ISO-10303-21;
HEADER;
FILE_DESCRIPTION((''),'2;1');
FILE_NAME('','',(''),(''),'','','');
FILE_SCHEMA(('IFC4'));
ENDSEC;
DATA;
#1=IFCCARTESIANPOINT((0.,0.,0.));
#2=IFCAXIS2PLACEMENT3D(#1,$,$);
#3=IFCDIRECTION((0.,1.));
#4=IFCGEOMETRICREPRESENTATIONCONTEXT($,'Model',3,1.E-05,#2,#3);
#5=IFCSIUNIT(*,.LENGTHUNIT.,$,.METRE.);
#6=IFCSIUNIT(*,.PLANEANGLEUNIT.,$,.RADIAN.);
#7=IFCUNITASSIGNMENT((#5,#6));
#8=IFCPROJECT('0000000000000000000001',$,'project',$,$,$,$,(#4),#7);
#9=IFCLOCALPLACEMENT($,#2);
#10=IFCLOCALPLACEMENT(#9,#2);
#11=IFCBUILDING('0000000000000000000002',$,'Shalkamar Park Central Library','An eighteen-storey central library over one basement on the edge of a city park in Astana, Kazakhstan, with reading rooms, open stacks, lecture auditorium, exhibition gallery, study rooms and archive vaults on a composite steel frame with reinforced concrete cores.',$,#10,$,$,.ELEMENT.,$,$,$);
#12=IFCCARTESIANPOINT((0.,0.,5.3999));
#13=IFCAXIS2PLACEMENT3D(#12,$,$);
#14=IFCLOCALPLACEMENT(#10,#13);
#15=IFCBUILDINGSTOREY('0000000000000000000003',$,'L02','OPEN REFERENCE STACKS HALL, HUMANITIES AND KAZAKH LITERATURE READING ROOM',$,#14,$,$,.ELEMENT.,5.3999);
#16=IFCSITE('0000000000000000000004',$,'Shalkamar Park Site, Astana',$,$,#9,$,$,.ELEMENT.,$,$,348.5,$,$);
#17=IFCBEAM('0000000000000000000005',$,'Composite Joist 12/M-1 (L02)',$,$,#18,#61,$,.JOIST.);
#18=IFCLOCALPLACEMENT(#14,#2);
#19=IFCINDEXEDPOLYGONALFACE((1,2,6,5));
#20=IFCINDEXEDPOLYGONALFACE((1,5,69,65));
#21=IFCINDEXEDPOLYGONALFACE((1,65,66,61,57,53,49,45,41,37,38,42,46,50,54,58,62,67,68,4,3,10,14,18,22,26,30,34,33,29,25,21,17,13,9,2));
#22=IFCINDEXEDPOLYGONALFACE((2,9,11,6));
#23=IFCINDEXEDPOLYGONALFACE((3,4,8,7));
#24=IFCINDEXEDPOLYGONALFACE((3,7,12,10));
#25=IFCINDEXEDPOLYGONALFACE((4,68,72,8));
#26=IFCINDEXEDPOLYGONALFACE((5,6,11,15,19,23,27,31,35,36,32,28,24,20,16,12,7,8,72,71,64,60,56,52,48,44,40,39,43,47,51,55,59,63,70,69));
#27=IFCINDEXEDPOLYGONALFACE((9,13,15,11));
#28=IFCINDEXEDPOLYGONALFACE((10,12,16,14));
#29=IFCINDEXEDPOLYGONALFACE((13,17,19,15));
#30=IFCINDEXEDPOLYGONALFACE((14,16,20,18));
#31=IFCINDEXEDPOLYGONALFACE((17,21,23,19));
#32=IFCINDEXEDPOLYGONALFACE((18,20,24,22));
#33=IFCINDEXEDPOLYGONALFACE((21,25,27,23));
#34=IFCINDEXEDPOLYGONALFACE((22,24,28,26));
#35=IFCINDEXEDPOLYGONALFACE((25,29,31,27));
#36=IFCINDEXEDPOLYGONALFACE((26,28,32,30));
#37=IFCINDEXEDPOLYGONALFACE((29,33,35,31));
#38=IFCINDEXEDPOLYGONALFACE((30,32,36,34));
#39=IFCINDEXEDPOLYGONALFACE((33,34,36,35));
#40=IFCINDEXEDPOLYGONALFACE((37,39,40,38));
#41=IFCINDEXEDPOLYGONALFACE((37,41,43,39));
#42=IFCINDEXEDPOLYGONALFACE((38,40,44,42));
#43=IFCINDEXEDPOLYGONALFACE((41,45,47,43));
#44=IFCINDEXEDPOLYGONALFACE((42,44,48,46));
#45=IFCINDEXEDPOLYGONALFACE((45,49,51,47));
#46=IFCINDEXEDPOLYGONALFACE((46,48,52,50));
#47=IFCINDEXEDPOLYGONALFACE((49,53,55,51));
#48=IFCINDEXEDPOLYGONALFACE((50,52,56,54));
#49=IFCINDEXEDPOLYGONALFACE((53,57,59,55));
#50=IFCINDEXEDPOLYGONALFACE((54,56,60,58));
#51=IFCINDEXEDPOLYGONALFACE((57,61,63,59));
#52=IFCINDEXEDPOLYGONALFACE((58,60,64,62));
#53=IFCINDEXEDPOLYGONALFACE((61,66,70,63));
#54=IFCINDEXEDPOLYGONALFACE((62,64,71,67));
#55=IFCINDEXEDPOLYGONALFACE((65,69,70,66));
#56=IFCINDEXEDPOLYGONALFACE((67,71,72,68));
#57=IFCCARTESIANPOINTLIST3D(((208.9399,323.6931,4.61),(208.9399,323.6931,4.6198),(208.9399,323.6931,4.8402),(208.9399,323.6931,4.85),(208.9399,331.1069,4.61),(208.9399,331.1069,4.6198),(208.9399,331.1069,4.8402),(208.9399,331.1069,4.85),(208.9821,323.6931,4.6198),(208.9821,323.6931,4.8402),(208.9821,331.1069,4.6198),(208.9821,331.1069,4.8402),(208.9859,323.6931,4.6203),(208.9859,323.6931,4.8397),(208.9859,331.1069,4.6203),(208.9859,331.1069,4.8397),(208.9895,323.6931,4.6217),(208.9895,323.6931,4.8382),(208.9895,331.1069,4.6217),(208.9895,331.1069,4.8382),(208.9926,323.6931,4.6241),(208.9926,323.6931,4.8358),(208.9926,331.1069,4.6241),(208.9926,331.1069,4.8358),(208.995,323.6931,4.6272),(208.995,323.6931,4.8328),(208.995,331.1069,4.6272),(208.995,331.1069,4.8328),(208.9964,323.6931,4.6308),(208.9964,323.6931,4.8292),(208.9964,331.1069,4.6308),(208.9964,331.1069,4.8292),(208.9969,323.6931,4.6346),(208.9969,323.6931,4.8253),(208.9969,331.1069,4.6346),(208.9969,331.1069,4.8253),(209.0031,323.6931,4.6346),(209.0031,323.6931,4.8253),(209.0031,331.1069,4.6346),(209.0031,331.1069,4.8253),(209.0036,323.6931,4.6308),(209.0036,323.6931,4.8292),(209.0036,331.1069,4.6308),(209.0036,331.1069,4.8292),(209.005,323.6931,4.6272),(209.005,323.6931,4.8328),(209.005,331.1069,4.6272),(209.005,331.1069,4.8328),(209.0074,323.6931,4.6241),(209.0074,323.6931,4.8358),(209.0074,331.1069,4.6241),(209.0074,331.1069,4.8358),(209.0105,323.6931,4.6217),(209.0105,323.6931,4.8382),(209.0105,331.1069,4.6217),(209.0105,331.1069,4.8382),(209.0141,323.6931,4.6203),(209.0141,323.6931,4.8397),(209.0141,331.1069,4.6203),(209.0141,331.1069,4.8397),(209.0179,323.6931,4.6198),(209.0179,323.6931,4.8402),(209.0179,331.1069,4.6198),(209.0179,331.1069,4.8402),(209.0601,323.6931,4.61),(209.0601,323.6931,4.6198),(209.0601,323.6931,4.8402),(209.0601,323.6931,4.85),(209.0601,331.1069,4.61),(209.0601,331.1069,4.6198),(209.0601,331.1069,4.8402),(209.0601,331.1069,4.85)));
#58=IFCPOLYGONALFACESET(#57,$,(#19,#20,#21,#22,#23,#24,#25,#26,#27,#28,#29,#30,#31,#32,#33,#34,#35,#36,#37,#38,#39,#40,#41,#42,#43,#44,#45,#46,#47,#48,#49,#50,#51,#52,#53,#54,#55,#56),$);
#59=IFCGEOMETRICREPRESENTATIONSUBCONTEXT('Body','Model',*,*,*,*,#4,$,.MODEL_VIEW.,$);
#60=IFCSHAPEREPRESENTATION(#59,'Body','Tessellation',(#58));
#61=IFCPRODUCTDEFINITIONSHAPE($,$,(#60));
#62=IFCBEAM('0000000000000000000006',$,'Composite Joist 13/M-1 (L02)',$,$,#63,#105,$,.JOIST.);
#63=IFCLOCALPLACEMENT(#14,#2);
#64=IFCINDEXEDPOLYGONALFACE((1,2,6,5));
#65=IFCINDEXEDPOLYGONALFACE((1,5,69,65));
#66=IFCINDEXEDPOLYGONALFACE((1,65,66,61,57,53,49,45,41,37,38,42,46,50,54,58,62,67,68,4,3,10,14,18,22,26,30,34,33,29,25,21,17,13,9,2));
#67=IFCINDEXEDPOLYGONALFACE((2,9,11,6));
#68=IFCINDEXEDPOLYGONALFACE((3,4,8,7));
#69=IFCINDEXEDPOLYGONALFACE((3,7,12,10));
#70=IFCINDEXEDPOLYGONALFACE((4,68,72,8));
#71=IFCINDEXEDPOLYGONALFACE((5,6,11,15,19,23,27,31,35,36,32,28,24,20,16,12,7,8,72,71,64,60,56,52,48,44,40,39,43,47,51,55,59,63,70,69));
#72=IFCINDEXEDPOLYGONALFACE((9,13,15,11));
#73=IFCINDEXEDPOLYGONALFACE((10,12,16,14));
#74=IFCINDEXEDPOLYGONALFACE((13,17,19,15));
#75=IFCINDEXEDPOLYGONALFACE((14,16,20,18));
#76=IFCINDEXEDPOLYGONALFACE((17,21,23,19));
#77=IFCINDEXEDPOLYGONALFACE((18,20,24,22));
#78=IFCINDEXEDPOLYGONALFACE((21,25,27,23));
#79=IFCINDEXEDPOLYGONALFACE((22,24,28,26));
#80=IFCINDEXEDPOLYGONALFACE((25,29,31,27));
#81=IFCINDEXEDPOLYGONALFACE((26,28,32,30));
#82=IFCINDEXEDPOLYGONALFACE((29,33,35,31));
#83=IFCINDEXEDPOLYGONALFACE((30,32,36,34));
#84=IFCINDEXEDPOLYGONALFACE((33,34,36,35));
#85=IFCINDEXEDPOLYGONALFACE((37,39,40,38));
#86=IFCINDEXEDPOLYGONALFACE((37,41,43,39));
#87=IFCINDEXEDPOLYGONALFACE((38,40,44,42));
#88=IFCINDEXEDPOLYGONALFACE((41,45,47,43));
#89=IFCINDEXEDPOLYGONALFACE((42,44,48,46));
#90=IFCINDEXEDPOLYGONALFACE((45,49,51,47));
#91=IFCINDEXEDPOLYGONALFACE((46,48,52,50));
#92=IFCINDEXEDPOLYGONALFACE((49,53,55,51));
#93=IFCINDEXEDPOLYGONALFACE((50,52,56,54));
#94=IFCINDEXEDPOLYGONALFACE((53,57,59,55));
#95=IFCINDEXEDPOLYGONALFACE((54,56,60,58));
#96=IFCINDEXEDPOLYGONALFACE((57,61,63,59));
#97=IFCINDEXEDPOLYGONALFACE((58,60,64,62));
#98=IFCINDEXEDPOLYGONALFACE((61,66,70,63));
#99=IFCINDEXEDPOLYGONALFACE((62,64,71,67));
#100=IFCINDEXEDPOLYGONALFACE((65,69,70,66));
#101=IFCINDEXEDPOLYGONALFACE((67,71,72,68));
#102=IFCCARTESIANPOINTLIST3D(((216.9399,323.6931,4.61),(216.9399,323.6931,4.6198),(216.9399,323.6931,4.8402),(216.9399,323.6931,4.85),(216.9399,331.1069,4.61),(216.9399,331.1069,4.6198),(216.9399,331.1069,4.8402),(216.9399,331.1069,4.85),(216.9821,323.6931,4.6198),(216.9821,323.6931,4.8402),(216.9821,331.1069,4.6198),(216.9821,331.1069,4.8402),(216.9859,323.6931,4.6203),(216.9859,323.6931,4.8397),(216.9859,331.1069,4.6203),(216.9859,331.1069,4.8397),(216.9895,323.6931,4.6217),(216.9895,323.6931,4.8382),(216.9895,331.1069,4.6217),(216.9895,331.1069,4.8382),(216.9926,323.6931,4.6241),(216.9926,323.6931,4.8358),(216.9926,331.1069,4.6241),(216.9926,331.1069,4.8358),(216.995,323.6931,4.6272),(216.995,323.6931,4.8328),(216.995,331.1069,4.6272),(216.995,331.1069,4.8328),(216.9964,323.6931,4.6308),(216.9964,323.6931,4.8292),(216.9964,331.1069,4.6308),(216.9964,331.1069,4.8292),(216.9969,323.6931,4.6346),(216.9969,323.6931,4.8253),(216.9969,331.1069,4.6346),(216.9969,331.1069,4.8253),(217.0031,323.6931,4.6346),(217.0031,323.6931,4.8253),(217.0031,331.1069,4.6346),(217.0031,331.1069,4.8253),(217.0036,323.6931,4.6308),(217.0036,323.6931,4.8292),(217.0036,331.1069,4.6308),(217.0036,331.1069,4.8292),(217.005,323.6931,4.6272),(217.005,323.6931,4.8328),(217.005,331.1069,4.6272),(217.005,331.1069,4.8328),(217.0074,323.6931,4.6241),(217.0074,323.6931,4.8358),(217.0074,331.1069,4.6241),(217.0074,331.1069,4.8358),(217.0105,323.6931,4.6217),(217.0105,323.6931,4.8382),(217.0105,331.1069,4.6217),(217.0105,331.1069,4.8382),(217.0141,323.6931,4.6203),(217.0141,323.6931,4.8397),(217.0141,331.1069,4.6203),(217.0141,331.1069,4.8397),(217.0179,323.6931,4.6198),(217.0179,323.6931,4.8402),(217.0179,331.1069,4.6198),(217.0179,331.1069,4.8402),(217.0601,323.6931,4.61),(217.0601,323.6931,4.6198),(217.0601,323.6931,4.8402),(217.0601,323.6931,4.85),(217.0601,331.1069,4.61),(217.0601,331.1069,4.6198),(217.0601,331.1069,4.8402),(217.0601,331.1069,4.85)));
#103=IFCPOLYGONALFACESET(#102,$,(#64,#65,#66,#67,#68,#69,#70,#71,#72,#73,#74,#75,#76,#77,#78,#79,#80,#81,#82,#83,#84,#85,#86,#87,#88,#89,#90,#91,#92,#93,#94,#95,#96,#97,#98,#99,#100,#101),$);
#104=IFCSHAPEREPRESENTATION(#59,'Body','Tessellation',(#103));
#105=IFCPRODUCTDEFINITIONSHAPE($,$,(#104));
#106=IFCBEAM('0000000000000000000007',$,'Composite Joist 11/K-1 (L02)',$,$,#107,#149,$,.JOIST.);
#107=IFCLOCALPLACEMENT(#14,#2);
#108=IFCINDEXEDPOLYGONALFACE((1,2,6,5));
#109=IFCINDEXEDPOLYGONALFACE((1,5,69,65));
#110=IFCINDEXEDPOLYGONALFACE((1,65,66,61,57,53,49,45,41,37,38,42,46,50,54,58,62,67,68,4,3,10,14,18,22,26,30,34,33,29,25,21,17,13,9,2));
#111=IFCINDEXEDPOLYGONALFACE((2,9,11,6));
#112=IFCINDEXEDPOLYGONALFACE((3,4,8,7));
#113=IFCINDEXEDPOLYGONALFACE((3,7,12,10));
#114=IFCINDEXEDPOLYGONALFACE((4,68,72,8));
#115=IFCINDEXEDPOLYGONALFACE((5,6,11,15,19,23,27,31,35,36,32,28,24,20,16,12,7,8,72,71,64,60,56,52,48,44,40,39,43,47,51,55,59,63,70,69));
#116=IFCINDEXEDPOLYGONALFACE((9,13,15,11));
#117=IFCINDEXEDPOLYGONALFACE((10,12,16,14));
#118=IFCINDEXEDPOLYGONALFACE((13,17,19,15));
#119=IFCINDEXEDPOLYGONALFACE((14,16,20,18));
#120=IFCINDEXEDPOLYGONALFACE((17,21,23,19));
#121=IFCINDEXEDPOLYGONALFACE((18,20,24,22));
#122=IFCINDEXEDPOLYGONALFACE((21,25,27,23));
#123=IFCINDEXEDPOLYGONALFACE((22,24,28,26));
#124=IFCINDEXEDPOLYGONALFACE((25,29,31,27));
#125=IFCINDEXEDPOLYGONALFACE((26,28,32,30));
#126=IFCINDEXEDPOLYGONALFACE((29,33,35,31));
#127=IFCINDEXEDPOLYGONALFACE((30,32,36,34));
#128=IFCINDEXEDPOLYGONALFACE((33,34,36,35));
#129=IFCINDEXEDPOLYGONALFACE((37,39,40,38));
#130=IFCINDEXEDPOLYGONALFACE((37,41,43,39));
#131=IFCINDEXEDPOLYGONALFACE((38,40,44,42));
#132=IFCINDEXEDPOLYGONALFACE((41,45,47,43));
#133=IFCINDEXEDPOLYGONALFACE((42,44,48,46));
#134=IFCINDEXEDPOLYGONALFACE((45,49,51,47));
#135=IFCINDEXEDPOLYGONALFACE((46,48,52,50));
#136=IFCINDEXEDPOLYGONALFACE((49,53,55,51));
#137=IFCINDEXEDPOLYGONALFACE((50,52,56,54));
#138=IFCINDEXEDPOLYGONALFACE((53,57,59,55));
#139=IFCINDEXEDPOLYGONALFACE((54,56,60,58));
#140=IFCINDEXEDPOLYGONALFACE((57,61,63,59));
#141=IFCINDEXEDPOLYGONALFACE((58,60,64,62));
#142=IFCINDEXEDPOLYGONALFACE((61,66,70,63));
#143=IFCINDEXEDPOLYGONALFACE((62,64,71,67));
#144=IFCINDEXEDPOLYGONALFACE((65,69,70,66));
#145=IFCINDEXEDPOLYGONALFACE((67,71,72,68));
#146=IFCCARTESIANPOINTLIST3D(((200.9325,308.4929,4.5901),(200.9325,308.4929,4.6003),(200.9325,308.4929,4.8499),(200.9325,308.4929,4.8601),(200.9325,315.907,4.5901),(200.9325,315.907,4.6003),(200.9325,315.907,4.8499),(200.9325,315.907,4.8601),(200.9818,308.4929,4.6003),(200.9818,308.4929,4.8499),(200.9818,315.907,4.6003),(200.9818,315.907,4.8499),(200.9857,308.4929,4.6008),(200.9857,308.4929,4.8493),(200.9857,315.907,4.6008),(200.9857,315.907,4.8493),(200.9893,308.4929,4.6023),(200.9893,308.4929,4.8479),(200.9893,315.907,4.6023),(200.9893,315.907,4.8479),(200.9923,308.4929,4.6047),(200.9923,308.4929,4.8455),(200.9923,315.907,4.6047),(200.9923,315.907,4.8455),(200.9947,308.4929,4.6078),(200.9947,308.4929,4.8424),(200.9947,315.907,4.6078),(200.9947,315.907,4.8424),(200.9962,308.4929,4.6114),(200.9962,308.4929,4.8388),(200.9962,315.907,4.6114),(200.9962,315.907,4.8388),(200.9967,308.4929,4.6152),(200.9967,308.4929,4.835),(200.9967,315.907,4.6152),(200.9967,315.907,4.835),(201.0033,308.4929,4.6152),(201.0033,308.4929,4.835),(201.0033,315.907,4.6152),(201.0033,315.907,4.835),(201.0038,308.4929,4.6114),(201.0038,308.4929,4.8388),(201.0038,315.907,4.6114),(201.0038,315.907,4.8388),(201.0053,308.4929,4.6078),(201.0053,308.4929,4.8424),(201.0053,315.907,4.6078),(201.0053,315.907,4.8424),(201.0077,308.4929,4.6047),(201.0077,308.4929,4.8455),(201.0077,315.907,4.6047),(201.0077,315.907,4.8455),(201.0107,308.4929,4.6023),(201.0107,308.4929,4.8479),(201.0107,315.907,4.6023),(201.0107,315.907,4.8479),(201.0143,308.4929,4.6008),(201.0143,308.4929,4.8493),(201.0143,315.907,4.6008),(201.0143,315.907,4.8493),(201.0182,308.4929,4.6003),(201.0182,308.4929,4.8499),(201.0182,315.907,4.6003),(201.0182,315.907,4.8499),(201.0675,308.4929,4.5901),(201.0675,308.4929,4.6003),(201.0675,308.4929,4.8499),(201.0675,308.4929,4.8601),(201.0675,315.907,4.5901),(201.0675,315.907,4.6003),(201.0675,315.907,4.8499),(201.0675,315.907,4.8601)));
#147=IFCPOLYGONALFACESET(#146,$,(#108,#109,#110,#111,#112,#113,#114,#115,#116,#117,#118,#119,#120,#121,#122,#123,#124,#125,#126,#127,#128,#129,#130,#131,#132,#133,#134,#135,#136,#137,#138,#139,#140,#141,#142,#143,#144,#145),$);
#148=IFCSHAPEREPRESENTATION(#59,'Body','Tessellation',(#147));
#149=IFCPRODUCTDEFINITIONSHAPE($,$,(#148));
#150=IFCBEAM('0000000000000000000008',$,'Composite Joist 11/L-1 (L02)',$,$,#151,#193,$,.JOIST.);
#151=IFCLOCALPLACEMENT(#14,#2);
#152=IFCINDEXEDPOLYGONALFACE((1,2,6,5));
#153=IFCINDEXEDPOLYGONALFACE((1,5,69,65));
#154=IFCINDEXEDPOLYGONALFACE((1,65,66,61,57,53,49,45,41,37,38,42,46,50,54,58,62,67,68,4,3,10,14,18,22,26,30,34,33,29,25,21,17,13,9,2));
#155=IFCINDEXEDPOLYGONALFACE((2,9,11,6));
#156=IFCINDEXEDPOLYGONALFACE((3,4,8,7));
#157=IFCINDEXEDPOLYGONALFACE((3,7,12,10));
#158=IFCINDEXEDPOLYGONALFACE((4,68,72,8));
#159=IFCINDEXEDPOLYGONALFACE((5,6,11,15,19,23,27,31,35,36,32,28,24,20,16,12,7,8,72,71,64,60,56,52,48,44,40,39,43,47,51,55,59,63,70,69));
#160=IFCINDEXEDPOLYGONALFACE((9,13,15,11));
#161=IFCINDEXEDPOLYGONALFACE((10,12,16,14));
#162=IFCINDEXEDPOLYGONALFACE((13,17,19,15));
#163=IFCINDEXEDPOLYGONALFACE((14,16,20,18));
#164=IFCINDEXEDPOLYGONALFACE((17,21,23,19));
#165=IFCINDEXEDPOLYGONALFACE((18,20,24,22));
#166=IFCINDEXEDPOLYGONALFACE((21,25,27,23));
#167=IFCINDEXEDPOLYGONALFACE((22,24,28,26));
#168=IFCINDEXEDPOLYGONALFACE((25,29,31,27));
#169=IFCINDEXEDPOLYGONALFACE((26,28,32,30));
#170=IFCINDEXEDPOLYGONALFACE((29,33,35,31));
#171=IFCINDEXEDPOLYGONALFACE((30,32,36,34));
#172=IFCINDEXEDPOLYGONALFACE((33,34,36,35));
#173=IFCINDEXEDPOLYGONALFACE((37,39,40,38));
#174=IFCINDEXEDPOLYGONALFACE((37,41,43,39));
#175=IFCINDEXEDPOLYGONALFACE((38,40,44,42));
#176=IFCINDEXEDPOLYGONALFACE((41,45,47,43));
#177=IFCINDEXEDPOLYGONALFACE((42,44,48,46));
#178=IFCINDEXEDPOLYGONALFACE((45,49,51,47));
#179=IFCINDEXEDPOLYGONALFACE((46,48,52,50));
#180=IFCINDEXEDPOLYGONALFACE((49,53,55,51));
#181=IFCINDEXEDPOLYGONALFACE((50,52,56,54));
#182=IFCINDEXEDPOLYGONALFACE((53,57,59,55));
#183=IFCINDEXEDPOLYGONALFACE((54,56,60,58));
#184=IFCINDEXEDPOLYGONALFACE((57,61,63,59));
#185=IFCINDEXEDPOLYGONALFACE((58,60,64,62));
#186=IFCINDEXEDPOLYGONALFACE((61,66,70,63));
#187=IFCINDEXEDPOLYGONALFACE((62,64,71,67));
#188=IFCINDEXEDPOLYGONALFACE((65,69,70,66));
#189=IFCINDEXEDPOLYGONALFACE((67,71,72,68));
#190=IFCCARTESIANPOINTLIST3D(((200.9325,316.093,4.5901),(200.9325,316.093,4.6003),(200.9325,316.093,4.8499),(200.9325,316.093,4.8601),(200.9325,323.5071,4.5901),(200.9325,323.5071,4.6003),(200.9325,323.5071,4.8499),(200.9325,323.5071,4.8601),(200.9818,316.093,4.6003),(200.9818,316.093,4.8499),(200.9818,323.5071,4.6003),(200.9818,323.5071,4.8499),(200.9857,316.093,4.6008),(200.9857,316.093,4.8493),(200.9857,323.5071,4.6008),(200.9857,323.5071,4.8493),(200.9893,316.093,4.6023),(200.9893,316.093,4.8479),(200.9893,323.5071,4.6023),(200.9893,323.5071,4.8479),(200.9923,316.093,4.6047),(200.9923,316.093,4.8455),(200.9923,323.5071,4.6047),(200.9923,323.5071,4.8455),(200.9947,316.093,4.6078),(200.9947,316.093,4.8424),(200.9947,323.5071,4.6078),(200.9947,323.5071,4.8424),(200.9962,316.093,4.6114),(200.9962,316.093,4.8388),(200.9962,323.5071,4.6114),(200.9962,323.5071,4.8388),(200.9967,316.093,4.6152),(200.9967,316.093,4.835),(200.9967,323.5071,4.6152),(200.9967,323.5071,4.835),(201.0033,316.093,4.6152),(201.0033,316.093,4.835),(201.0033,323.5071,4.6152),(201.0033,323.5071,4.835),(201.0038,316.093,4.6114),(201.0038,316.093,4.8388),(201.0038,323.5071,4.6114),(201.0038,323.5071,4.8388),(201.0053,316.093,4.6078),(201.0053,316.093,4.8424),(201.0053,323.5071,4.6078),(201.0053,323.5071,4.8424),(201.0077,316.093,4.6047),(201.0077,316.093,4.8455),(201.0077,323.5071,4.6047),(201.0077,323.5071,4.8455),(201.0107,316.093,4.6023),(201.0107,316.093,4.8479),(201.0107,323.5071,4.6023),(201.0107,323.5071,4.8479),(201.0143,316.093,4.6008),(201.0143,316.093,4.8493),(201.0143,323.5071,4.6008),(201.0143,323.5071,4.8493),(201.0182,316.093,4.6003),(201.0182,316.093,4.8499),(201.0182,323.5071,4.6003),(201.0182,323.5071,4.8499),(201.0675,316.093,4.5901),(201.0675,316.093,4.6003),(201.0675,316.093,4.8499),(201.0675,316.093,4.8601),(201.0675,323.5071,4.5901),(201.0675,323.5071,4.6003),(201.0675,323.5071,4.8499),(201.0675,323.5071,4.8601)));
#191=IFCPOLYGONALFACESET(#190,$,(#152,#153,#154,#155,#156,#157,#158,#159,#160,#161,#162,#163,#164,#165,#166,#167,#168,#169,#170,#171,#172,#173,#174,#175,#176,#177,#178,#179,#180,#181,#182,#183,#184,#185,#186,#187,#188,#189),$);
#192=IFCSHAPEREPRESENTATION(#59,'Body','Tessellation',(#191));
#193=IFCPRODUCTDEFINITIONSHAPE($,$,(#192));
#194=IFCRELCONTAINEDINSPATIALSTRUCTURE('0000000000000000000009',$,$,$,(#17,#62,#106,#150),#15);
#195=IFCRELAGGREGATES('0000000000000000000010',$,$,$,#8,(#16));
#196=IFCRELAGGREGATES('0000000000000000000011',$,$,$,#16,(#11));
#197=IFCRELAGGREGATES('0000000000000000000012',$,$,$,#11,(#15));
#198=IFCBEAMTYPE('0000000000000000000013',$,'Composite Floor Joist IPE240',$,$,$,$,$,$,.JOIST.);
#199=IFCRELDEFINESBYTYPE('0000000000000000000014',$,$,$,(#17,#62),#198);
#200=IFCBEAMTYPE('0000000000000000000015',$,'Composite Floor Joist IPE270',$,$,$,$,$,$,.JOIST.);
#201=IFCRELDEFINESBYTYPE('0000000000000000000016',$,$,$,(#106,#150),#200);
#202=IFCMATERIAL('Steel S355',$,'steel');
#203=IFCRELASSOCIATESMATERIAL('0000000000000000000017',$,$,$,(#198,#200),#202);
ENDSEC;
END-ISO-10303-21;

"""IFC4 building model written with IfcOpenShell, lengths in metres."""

from ifc_helpers import new_model, si_unit, direction, frame, origin, origin_2d, place, context, subcontext, project, spatial, i_section, extrude, material, material_profile, profile_set, type_object, element, save


model = new_model("IFC4")

# Units and contexts
model_context = context("Model", 3, precision=1e-05, world=origin(), true_north=direction((0.0, 1.0)))
body_context = subcontext(model_context, "Body", "Model", "MODEL_VIEW")
ifc_project = project(units=[si_unit("LENGTHUNIT", "METRE"), si_unit("PLANEANGLEUNIT", "RADIAN")], contexts=[model_context])

# Site, building, storey
site_placement = place(None, origin())
site = spatial("IfcSite", under=ifc_project, at=site_placement, Name="Shalkamar Park Site, Astana", CompositionType="ELEMENT", RefElevation=348.5)
building_placement = place(site_placement, origin())
building = spatial("IfcBuilding", under=site, at=building_placement, Name="Shalkamar Park Central Library", Description="An eighteen-storey central library over one basement on the edge of a city park in Astana, Kazakhstan, with reading rooms, open stacks, lecture auditorium, exhibition gallery, study rooms and archive vaults on a composite steel frame with reinforced concrete cores.", CompositionType="ELEMENT")
storey_placement = place(building_placement, frame((0.0, 0.0, 5.3999)))
storey = spatial("IfcBuildingStorey", under=building, at=storey_placement, Name="L02", Description="OPEN REFERENCE STACKS HALL, HUMANITIES AND KAZAKH LITERATURE READING ROOM", CompositionType="ELEMENT", Elevation=5.3999)

# Shared definitions
ifc_material = material(Name="Steel S355", Category="steel")

# Beams
ifc_material_profile_1 = material_profile(ifc_material, i_section(OverallWidth=0.1201, OverallDepth=0.24, WebThickness=0.0061, FlangeThickness=0.0098, FilletRadius=0.0149, at=origin_2d()), Name="IPE 240")
ifc_profile_set_1 = profile_set([ifc_material_profile_1], Name="Steel S355")
beam_type_1 = type_object("IfcBeamType", Name="Composite Floor Joist IPE240", PredefinedType="JOIST", material=ifc_profile_set_1)
for number, where, z_axis, x_axis, name in (
    (1, (209.0, 323.6931, 4.73), (0.0, 1.0, 0.0), (-1.0, 0.0, 0.0), "Composite Joist 12/M-1 (L02)"),
    (2, (217.0, 323.6931, 4.73), (0.0, 1.0, 0.0), (-1.0, 0.0, 0.0), "Composite Joist 13/M-1 (L02)"),
):
    element("IfcBeam", number, at=place(storey_placement, frame(where, z_axis=z_axis, x_axis=x_axis)), inside=storey, type_object=beam_type_1, Name=name, PredefinedType="JOIST", context=body_context, shape_type="SweptSolid", body=[
        extrude(i_section(OverallWidth=0.1201, OverallDepth=0.24, WebThickness=0.0061, FlangeThickness=0.0098, FilletRadius=0.0149, at=origin_2d()), origin(), (0.0, 0.0, 1.0), 7.4138),
    ])
ifc_material_profile_2 = material_profile(ifc_material, i_section(OverallWidth=0.135, OverallDepth=0.27, WebThickness=0.0066, FlangeThickness=0.0103, FilletRadius=0.0149, at=origin_2d()), Name="IPE 270")
ifc_profile_set_2 = profile_set([ifc_material_profile_2], Name="Steel S355")
beam_type_2 = type_object("IfcBeamType", Name="Composite Floor Joist IPE270", PredefinedType="JOIST", material=ifc_profile_set_2)
for number, where, z_axis, x_axis, name in (
    (3, (201.0, 308.4929, 4.7251), (0.0, 1.0, 0.0), (-1.0, 0.0, 0.0), "Composite Joist 11/K-1 (L02)"),
    (4, (201.0, 316.093, 4.7251), (0.0, 1.0, 0.0), (-1.0, 0.0, 0.0), "Composite Joist 11/L-1 (L02)"),
):
    element("IfcBeam", number, at=place(storey_placement, frame(where, z_axis=z_axis, x_axis=x_axis)), inside=storey, type_object=beam_type_2, Name=name, PredefinedType="JOIST", context=body_context, shape_type="SweptSolid", body=[
        extrude(i_section(OverallWidth=0.135, OverallDepth=0.27, WebThickness=0.0066, FlangeThickness=0.0103, FilletRadius=0.0149, at=origin_2d()), origin(), (0.0, 0.0, 1.0), 7.4141),
    ])

save(model, "model.ifc")
